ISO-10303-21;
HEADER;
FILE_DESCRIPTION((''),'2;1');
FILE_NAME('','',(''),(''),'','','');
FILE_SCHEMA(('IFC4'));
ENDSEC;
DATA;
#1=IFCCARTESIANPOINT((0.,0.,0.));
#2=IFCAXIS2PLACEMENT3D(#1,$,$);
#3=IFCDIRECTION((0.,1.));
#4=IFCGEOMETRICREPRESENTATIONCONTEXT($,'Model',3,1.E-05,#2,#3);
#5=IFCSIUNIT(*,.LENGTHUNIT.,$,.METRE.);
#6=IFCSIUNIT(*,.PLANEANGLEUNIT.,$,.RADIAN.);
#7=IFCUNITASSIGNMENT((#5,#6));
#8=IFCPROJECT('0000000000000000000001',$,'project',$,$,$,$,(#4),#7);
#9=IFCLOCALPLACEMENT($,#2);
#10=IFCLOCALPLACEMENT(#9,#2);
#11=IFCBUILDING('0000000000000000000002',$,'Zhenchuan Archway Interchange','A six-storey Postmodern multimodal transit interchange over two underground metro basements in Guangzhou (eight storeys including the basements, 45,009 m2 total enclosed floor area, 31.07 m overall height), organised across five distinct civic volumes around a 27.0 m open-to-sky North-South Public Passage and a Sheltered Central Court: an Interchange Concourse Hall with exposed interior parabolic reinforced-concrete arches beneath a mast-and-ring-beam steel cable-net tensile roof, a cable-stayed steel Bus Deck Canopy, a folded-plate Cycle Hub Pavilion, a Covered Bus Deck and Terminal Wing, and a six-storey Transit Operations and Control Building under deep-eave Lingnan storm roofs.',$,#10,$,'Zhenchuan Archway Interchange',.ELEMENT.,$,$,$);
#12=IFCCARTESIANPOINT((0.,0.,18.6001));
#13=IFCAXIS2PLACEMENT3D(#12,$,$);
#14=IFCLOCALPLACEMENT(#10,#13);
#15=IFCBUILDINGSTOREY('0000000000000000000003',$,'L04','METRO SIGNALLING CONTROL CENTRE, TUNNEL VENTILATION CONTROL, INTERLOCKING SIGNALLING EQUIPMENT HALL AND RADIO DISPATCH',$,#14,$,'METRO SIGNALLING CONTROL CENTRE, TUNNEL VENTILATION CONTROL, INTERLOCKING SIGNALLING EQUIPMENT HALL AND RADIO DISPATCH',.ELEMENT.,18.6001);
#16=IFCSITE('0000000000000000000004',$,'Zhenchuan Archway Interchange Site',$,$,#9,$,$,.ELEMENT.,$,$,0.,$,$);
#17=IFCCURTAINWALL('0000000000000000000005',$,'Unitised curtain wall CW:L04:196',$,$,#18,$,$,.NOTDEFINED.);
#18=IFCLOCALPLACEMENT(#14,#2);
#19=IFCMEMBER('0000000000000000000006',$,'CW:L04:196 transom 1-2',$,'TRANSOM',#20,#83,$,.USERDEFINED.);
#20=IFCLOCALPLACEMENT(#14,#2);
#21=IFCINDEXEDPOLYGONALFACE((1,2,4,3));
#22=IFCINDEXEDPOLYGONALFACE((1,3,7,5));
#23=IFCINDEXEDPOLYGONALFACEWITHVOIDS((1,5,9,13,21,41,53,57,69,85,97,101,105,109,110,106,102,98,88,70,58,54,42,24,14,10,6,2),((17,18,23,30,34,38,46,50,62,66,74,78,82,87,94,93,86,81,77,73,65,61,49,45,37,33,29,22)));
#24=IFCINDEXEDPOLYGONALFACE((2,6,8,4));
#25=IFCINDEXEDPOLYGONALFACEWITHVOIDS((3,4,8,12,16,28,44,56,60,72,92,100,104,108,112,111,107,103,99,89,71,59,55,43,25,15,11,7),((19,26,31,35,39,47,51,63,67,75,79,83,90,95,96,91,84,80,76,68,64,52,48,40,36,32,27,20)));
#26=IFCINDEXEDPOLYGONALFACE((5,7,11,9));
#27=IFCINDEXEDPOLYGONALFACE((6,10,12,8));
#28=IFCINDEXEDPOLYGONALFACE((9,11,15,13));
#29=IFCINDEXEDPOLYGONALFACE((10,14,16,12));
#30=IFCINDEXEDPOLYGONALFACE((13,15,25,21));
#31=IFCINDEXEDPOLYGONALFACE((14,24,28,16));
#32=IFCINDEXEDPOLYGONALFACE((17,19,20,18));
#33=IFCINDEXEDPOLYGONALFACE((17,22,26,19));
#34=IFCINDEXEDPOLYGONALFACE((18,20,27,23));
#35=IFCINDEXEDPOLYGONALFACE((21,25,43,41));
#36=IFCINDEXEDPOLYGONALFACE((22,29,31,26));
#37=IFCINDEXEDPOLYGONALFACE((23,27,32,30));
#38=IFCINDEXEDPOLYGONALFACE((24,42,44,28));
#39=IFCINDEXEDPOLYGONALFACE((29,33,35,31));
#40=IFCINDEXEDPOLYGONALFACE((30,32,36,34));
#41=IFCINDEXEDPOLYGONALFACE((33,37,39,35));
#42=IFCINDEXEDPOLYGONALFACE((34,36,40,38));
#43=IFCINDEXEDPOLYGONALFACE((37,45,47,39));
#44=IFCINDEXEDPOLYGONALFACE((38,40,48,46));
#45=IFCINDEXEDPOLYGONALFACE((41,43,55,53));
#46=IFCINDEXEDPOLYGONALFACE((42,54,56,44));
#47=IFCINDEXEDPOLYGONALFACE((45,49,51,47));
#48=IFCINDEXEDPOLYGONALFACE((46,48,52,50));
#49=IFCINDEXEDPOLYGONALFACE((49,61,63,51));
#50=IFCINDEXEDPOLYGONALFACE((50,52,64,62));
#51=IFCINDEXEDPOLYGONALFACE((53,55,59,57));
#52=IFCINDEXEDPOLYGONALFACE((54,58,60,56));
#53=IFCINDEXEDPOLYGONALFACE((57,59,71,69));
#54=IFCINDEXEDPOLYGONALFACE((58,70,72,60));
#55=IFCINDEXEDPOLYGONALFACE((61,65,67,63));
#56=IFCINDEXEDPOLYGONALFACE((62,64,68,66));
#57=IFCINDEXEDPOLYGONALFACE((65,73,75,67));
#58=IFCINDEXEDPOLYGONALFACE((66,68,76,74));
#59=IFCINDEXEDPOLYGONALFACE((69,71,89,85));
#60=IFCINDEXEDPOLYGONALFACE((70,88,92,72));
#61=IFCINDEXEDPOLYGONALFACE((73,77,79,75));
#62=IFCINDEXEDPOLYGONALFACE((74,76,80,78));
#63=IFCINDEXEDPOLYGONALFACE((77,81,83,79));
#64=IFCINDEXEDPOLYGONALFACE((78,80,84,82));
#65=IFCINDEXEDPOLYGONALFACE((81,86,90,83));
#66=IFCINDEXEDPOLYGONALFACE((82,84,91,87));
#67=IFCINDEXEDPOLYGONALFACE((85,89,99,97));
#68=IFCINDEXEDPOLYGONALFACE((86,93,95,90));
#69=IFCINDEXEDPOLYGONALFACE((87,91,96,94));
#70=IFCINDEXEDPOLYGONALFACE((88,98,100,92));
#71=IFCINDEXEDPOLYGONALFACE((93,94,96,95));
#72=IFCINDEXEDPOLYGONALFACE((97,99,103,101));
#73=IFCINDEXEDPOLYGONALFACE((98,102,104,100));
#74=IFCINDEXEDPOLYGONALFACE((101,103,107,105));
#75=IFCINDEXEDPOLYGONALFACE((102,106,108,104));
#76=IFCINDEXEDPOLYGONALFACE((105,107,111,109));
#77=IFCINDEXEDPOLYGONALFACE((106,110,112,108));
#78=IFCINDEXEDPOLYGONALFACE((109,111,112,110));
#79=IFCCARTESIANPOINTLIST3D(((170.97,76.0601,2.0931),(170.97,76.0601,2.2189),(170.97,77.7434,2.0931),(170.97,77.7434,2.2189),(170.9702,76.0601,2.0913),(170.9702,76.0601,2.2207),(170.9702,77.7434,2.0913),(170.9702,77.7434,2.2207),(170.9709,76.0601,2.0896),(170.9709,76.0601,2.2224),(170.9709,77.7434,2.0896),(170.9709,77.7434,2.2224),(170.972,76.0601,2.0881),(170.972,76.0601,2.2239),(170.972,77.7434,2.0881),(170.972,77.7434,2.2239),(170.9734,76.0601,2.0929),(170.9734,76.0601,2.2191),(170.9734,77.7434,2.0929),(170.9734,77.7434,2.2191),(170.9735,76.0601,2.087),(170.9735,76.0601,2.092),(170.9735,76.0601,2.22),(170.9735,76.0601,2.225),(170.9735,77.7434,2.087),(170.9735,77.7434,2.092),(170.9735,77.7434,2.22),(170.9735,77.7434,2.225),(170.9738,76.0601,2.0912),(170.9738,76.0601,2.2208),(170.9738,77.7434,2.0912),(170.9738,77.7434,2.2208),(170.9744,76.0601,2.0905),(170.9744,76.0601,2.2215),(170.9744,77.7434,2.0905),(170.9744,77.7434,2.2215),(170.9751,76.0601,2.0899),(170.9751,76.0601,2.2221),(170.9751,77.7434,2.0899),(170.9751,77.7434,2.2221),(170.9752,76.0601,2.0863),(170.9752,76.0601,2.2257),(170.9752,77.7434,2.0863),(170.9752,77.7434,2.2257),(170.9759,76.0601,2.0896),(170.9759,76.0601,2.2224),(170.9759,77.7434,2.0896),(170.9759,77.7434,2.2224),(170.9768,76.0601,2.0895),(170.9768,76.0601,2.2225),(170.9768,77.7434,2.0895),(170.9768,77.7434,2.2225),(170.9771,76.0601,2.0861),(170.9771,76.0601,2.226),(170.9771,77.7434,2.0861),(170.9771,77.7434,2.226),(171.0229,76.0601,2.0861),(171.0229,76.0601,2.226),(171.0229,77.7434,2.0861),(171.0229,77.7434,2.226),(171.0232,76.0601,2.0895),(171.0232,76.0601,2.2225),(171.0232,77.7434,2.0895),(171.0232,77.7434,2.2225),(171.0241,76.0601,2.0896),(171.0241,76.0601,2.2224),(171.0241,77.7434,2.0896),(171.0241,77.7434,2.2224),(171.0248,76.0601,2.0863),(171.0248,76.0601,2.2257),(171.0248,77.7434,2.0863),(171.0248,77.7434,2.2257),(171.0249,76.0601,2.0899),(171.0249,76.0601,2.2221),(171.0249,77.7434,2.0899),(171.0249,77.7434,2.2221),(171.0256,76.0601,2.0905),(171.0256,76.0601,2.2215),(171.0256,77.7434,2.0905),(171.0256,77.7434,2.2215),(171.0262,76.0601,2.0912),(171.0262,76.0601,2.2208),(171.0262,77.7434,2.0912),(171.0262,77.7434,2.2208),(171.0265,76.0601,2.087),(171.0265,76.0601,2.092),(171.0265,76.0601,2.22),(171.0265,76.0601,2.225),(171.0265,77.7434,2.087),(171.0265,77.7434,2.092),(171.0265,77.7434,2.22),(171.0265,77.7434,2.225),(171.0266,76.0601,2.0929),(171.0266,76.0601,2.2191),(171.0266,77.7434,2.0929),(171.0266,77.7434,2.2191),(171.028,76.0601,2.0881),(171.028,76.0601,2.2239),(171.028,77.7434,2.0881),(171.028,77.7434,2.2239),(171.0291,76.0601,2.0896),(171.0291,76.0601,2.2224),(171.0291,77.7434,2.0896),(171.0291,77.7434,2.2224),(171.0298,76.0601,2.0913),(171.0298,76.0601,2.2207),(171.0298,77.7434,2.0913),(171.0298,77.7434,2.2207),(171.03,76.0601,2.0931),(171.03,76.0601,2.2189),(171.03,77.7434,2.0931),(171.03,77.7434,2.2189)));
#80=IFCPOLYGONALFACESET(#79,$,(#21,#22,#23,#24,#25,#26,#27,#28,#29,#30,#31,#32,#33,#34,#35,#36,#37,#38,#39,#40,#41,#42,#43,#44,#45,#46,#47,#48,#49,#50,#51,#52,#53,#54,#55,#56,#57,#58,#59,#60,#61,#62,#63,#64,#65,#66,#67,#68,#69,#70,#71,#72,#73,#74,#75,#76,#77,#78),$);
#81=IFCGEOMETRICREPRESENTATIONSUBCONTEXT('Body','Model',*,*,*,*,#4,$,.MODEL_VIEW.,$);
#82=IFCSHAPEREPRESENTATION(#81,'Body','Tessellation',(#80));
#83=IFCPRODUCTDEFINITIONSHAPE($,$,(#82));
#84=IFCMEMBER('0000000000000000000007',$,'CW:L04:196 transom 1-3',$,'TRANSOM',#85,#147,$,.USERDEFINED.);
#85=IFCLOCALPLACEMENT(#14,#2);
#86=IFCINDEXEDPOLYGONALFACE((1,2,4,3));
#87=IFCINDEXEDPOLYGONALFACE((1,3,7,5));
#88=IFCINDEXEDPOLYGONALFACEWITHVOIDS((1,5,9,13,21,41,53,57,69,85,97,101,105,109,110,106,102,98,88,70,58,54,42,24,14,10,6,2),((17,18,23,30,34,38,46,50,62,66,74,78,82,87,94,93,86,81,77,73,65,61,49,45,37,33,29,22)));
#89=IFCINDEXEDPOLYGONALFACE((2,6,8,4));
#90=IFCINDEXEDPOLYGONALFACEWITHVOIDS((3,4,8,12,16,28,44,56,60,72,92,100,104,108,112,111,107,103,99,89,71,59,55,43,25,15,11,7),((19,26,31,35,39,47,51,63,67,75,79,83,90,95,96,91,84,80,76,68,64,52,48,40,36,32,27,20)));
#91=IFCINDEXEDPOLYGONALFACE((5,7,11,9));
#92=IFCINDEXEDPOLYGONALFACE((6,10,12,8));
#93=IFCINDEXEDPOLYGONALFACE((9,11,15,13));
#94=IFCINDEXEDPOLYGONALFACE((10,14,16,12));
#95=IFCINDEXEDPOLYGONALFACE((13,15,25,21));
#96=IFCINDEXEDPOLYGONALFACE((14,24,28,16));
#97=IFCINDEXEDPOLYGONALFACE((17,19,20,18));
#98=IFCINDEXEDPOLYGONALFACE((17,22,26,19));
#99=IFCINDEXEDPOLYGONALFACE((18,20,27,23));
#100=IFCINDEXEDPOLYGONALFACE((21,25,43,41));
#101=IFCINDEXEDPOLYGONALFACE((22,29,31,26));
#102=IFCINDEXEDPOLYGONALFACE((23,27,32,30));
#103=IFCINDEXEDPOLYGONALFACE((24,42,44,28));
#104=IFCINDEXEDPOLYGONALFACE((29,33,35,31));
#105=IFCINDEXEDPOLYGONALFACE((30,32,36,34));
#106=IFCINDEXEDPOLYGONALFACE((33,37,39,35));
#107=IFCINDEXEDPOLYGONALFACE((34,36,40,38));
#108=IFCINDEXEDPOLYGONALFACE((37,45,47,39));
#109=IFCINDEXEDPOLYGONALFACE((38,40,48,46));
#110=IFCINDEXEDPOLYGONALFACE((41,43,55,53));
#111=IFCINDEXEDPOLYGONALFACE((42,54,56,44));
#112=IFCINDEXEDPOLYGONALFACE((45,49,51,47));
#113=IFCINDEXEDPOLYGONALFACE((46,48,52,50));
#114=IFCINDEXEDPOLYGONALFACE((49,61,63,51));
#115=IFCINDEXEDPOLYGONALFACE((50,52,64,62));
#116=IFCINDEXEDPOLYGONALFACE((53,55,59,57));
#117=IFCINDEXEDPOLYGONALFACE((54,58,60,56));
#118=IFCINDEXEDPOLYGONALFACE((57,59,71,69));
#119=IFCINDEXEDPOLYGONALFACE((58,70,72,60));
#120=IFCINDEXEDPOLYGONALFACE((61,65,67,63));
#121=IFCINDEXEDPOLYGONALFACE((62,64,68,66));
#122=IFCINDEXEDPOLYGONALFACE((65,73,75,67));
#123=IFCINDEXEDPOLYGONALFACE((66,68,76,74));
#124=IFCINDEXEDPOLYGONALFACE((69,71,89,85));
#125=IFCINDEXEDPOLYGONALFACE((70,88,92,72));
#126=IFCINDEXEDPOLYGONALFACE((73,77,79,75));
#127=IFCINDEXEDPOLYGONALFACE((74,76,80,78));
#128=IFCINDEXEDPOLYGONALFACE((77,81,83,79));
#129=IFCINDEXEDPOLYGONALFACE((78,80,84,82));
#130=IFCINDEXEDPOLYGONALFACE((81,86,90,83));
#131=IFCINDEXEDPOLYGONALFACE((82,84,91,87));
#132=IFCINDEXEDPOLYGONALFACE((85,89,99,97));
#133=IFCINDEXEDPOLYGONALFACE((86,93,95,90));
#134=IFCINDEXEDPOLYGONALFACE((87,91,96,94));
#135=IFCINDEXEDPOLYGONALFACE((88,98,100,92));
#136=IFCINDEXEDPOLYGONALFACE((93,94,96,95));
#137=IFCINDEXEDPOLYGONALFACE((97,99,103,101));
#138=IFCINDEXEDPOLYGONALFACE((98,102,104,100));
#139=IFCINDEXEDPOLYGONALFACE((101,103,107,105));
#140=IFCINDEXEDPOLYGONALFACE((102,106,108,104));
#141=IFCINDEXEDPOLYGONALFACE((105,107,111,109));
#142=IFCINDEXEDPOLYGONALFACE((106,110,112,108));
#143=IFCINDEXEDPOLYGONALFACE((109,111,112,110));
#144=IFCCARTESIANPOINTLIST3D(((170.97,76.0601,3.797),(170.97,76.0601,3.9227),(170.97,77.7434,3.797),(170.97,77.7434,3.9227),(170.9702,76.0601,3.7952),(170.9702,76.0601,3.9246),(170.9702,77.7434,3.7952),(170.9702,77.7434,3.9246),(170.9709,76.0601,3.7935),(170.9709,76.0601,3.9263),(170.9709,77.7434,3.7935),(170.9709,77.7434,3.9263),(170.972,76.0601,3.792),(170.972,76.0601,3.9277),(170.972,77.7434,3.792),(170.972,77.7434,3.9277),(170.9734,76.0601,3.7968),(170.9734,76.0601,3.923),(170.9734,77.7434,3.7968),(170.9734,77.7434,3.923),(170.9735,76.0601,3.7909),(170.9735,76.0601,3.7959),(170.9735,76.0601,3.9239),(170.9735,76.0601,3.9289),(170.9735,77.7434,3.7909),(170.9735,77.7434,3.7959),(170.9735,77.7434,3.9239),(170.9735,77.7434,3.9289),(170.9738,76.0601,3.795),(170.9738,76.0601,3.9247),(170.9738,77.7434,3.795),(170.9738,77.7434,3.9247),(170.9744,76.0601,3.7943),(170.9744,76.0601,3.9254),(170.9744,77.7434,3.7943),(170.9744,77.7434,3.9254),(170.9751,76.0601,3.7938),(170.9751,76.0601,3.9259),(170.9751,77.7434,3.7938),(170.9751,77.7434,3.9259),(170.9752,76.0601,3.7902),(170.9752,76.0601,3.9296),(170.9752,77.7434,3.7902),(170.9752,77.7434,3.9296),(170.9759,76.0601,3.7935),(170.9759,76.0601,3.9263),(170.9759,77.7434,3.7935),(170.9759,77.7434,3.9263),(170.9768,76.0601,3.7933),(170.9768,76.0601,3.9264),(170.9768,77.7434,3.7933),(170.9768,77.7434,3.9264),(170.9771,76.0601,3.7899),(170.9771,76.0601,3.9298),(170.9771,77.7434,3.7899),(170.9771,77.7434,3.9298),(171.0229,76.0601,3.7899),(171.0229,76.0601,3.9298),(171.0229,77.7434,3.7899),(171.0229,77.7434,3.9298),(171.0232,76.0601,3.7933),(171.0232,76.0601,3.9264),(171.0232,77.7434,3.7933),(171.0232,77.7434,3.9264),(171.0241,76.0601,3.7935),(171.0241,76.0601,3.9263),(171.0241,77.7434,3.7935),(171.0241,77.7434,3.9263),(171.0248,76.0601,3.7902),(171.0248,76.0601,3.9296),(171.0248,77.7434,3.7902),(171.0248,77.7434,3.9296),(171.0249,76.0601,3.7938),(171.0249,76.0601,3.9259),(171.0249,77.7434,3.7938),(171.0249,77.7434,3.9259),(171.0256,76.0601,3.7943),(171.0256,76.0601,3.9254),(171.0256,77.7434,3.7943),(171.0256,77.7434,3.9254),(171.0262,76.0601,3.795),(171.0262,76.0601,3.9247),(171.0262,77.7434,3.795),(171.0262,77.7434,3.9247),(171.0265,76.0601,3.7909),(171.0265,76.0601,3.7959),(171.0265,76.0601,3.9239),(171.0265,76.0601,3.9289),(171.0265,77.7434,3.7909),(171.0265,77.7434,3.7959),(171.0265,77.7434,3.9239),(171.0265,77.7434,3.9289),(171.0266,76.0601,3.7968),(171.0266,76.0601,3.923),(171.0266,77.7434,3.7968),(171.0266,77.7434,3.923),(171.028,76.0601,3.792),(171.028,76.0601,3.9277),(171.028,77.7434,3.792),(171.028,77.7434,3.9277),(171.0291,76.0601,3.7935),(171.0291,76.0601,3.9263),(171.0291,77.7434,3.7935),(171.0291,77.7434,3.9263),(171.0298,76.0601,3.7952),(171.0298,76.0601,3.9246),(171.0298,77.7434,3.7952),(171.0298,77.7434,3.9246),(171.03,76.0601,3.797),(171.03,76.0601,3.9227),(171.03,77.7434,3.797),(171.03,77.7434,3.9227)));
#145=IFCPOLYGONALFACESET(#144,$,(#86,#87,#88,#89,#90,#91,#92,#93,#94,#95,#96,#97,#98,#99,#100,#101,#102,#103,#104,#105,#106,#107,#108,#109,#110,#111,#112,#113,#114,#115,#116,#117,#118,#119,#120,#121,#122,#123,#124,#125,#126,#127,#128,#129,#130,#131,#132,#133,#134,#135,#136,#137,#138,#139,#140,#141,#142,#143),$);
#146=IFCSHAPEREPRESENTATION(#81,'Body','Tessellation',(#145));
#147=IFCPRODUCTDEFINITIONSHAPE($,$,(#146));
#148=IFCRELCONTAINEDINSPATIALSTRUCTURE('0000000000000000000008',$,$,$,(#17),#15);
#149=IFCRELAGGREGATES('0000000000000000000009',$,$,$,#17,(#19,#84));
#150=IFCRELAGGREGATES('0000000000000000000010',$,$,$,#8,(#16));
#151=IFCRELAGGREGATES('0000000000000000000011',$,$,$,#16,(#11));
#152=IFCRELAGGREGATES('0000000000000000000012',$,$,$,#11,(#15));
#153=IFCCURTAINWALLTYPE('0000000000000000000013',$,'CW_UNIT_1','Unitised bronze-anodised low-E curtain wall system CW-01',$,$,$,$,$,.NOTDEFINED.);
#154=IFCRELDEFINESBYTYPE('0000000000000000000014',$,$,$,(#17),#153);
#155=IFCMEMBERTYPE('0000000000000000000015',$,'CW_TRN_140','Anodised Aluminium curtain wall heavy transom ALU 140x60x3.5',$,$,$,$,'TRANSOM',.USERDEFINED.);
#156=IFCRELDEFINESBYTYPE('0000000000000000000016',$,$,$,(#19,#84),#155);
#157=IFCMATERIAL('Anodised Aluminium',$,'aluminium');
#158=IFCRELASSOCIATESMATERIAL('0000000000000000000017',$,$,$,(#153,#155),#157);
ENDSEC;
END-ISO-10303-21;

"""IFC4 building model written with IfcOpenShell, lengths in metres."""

from ifc_helpers import new_model, si_unit, direction, frame, origin, origin_2d, place, context, subcontext, project, spatial, hollow_rectangle, extrude, material, material_profile, profile_set, type_object, element, aggregate, save


model = new_model("IFC4")

# Units and contexts
model_context = context("Model", 3, precision=1e-05, world=origin(), true_north=direction((0.0, 1.0)))
body_context = subcontext(model_context, "Body", "Model", "MODEL_VIEW")
ifc_project = project(units=[si_unit("LENGTHUNIT", "METRE"), si_unit("PLANEANGLEUNIT", "RADIAN")], contexts=[model_context])

# Site, building, storey
site_placement = place(None, origin())
site = spatial("IfcSite", under=ifc_project, at=site_placement, Name="Zhenchuan Archway Interchange Site", CompositionType="ELEMENT", RefElevation=0.0)
building_placement = place(site_placement, origin())
building = spatial("IfcBuilding", under=site, at=building_placement, Name="Zhenchuan Archway Interchange", Description="A six-storey Postmodern multimodal transit interchange over two underground metro basements in Guangzhou (eight storeys including the basements, 45,009 m2 total enclosed floor area, 31.07 m overall height), organised across five distinct civic volumes around a 27.0 m open-to-sky North-South Public Passage and a Sheltered Central Court: an Interchange Concourse Hall with exposed interior parabolic reinforced-concrete arches beneath a mast-and-ring-beam steel cable-net tensile roof, a cable-stayed steel Bus Deck Canopy, a folded-plate Cycle Hub Pavilion, a Covered Bus Deck and Terminal Wing, and a six-storey Transit Operations and Control Building under deep-eave Lingnan storm roofs.", LongName="Zhenchuan Archway Interchange", CompositionType="ELEMENT")
storey_placement = place(building_placement, frame((0.0, 0.0, 18.6001)))
storey = spatial("IfcBuildingStorey", under=building, at=storey_placement, Name="L04", Description="METRO SIGNALLING CONTROL CENTRE, TUNNEL VENTILATION CONTROL, INTERLOCKING SIGNALLING EQUIPMENT HALL AND RADIO DISPATCH", LongName="METRO SIGNALLING CONTROL CENTRE, TUNNEL VENTILATION CONTROL, INTERLOCKING SIGNALLING EQUIPMENT HALL AND RADIO DISPATCH", CompositionType="ELEMENT", Elevation=18.6001)

# Curtain wall, members
ifc_material_1 = material(Name="Anodised Aluminium", Category="aluminium")
curtain_wall_type = type_object("IfcCurtainWallType", Name="CW_UNIT_1", Description="Unitised bronze-anodised low-E curtain wall system CW-01", PredefinedType="NOTDEFINED", material=ifc_material_1)
curtain_wall_placement = place(storey_placement, origin())
curtain_wall = element("IfcCurtainWall", 1, at=curtain_wall_placement, inside=storey, type_object=curtain_wall_type, Name="Unitised curtain wall CW:L04:196", PredefinedType="NOTDEFINED")
ifc_material_profile_1 = material_profile(ifc_material_1, hollow_rectangle(XDim=0.0601, YDim=0.1399, WallThickness=0.0034, InnerFilletRadius=0.0034, OuterFilletRadius=0.0071, at=origin_2d()), Name="ALU 140x60x3.5")
ifc_profile_set_1 = profile_set([ifc_material_profile_1], Name="Anodised Aluminium")
member_type_1 = type_object("IfcMemberType", Name="CW_TRN_140", Description="Anodised Aluminium curtain wall heavy transom ALU 140x60x3.5", ElementType="TRANSOM", PredefinedType="USERDEFINED", material=ifc_profile_set_1)
member_1_placement = place(storey_placement, frame((171.0, 77.7434, 2.156), z_axis=(0.0, -1.0, 0.0), x_axis=(1.0, 0.0, 0.0)))
member_1 = element("IfcMember", 2, at=member_1_placement, type_object=member_type_1, Name="CW:L04:196 transom 1-2", ObjectType="TRANSOM", PredefinedType="USERDEFINED", context=body_context, shape_type="SweptSolid", body=[
    extrude(hollow_rectangle(XDim=0.0601, YDim=0.1399, WallThickness=0.0034, InnerFilletRadius=0.0034, OuterFilletRadius=0.0071, at=origin_2d()), origin(), (0.0, 0.0, 1.0), 1.6833),
])
member_2_placement = place(storey_placement, frame((171.0, 77.7434, 3.8599), z_axis=(0.0, -1.0, 0.0), x_axis=(1.0, 0.0, 0.0)))
member_2 = element("IfcMember", 3, at=member_2_placement, type_object=member_type_1, Name="CW:L04:196 transom 1-3", ObjectType="TRANSOM", PredefinedType="USERDEFINED", context=body_context, shape_type="SweptSolid", body=[
    extrude(hollow_rectangle(XDim=0.0601, YDim=0.1399, WallThickness=0.0034, InnerFilletRadius=0.0034, OuterFilletRadius=0.0071, at=origin_2d()), origin(), (0.0, 0.0, 1.0), 1.6833),
])
aggregate(curtain_wall, [member_1, member_2])

save(model, "model.ifc")
